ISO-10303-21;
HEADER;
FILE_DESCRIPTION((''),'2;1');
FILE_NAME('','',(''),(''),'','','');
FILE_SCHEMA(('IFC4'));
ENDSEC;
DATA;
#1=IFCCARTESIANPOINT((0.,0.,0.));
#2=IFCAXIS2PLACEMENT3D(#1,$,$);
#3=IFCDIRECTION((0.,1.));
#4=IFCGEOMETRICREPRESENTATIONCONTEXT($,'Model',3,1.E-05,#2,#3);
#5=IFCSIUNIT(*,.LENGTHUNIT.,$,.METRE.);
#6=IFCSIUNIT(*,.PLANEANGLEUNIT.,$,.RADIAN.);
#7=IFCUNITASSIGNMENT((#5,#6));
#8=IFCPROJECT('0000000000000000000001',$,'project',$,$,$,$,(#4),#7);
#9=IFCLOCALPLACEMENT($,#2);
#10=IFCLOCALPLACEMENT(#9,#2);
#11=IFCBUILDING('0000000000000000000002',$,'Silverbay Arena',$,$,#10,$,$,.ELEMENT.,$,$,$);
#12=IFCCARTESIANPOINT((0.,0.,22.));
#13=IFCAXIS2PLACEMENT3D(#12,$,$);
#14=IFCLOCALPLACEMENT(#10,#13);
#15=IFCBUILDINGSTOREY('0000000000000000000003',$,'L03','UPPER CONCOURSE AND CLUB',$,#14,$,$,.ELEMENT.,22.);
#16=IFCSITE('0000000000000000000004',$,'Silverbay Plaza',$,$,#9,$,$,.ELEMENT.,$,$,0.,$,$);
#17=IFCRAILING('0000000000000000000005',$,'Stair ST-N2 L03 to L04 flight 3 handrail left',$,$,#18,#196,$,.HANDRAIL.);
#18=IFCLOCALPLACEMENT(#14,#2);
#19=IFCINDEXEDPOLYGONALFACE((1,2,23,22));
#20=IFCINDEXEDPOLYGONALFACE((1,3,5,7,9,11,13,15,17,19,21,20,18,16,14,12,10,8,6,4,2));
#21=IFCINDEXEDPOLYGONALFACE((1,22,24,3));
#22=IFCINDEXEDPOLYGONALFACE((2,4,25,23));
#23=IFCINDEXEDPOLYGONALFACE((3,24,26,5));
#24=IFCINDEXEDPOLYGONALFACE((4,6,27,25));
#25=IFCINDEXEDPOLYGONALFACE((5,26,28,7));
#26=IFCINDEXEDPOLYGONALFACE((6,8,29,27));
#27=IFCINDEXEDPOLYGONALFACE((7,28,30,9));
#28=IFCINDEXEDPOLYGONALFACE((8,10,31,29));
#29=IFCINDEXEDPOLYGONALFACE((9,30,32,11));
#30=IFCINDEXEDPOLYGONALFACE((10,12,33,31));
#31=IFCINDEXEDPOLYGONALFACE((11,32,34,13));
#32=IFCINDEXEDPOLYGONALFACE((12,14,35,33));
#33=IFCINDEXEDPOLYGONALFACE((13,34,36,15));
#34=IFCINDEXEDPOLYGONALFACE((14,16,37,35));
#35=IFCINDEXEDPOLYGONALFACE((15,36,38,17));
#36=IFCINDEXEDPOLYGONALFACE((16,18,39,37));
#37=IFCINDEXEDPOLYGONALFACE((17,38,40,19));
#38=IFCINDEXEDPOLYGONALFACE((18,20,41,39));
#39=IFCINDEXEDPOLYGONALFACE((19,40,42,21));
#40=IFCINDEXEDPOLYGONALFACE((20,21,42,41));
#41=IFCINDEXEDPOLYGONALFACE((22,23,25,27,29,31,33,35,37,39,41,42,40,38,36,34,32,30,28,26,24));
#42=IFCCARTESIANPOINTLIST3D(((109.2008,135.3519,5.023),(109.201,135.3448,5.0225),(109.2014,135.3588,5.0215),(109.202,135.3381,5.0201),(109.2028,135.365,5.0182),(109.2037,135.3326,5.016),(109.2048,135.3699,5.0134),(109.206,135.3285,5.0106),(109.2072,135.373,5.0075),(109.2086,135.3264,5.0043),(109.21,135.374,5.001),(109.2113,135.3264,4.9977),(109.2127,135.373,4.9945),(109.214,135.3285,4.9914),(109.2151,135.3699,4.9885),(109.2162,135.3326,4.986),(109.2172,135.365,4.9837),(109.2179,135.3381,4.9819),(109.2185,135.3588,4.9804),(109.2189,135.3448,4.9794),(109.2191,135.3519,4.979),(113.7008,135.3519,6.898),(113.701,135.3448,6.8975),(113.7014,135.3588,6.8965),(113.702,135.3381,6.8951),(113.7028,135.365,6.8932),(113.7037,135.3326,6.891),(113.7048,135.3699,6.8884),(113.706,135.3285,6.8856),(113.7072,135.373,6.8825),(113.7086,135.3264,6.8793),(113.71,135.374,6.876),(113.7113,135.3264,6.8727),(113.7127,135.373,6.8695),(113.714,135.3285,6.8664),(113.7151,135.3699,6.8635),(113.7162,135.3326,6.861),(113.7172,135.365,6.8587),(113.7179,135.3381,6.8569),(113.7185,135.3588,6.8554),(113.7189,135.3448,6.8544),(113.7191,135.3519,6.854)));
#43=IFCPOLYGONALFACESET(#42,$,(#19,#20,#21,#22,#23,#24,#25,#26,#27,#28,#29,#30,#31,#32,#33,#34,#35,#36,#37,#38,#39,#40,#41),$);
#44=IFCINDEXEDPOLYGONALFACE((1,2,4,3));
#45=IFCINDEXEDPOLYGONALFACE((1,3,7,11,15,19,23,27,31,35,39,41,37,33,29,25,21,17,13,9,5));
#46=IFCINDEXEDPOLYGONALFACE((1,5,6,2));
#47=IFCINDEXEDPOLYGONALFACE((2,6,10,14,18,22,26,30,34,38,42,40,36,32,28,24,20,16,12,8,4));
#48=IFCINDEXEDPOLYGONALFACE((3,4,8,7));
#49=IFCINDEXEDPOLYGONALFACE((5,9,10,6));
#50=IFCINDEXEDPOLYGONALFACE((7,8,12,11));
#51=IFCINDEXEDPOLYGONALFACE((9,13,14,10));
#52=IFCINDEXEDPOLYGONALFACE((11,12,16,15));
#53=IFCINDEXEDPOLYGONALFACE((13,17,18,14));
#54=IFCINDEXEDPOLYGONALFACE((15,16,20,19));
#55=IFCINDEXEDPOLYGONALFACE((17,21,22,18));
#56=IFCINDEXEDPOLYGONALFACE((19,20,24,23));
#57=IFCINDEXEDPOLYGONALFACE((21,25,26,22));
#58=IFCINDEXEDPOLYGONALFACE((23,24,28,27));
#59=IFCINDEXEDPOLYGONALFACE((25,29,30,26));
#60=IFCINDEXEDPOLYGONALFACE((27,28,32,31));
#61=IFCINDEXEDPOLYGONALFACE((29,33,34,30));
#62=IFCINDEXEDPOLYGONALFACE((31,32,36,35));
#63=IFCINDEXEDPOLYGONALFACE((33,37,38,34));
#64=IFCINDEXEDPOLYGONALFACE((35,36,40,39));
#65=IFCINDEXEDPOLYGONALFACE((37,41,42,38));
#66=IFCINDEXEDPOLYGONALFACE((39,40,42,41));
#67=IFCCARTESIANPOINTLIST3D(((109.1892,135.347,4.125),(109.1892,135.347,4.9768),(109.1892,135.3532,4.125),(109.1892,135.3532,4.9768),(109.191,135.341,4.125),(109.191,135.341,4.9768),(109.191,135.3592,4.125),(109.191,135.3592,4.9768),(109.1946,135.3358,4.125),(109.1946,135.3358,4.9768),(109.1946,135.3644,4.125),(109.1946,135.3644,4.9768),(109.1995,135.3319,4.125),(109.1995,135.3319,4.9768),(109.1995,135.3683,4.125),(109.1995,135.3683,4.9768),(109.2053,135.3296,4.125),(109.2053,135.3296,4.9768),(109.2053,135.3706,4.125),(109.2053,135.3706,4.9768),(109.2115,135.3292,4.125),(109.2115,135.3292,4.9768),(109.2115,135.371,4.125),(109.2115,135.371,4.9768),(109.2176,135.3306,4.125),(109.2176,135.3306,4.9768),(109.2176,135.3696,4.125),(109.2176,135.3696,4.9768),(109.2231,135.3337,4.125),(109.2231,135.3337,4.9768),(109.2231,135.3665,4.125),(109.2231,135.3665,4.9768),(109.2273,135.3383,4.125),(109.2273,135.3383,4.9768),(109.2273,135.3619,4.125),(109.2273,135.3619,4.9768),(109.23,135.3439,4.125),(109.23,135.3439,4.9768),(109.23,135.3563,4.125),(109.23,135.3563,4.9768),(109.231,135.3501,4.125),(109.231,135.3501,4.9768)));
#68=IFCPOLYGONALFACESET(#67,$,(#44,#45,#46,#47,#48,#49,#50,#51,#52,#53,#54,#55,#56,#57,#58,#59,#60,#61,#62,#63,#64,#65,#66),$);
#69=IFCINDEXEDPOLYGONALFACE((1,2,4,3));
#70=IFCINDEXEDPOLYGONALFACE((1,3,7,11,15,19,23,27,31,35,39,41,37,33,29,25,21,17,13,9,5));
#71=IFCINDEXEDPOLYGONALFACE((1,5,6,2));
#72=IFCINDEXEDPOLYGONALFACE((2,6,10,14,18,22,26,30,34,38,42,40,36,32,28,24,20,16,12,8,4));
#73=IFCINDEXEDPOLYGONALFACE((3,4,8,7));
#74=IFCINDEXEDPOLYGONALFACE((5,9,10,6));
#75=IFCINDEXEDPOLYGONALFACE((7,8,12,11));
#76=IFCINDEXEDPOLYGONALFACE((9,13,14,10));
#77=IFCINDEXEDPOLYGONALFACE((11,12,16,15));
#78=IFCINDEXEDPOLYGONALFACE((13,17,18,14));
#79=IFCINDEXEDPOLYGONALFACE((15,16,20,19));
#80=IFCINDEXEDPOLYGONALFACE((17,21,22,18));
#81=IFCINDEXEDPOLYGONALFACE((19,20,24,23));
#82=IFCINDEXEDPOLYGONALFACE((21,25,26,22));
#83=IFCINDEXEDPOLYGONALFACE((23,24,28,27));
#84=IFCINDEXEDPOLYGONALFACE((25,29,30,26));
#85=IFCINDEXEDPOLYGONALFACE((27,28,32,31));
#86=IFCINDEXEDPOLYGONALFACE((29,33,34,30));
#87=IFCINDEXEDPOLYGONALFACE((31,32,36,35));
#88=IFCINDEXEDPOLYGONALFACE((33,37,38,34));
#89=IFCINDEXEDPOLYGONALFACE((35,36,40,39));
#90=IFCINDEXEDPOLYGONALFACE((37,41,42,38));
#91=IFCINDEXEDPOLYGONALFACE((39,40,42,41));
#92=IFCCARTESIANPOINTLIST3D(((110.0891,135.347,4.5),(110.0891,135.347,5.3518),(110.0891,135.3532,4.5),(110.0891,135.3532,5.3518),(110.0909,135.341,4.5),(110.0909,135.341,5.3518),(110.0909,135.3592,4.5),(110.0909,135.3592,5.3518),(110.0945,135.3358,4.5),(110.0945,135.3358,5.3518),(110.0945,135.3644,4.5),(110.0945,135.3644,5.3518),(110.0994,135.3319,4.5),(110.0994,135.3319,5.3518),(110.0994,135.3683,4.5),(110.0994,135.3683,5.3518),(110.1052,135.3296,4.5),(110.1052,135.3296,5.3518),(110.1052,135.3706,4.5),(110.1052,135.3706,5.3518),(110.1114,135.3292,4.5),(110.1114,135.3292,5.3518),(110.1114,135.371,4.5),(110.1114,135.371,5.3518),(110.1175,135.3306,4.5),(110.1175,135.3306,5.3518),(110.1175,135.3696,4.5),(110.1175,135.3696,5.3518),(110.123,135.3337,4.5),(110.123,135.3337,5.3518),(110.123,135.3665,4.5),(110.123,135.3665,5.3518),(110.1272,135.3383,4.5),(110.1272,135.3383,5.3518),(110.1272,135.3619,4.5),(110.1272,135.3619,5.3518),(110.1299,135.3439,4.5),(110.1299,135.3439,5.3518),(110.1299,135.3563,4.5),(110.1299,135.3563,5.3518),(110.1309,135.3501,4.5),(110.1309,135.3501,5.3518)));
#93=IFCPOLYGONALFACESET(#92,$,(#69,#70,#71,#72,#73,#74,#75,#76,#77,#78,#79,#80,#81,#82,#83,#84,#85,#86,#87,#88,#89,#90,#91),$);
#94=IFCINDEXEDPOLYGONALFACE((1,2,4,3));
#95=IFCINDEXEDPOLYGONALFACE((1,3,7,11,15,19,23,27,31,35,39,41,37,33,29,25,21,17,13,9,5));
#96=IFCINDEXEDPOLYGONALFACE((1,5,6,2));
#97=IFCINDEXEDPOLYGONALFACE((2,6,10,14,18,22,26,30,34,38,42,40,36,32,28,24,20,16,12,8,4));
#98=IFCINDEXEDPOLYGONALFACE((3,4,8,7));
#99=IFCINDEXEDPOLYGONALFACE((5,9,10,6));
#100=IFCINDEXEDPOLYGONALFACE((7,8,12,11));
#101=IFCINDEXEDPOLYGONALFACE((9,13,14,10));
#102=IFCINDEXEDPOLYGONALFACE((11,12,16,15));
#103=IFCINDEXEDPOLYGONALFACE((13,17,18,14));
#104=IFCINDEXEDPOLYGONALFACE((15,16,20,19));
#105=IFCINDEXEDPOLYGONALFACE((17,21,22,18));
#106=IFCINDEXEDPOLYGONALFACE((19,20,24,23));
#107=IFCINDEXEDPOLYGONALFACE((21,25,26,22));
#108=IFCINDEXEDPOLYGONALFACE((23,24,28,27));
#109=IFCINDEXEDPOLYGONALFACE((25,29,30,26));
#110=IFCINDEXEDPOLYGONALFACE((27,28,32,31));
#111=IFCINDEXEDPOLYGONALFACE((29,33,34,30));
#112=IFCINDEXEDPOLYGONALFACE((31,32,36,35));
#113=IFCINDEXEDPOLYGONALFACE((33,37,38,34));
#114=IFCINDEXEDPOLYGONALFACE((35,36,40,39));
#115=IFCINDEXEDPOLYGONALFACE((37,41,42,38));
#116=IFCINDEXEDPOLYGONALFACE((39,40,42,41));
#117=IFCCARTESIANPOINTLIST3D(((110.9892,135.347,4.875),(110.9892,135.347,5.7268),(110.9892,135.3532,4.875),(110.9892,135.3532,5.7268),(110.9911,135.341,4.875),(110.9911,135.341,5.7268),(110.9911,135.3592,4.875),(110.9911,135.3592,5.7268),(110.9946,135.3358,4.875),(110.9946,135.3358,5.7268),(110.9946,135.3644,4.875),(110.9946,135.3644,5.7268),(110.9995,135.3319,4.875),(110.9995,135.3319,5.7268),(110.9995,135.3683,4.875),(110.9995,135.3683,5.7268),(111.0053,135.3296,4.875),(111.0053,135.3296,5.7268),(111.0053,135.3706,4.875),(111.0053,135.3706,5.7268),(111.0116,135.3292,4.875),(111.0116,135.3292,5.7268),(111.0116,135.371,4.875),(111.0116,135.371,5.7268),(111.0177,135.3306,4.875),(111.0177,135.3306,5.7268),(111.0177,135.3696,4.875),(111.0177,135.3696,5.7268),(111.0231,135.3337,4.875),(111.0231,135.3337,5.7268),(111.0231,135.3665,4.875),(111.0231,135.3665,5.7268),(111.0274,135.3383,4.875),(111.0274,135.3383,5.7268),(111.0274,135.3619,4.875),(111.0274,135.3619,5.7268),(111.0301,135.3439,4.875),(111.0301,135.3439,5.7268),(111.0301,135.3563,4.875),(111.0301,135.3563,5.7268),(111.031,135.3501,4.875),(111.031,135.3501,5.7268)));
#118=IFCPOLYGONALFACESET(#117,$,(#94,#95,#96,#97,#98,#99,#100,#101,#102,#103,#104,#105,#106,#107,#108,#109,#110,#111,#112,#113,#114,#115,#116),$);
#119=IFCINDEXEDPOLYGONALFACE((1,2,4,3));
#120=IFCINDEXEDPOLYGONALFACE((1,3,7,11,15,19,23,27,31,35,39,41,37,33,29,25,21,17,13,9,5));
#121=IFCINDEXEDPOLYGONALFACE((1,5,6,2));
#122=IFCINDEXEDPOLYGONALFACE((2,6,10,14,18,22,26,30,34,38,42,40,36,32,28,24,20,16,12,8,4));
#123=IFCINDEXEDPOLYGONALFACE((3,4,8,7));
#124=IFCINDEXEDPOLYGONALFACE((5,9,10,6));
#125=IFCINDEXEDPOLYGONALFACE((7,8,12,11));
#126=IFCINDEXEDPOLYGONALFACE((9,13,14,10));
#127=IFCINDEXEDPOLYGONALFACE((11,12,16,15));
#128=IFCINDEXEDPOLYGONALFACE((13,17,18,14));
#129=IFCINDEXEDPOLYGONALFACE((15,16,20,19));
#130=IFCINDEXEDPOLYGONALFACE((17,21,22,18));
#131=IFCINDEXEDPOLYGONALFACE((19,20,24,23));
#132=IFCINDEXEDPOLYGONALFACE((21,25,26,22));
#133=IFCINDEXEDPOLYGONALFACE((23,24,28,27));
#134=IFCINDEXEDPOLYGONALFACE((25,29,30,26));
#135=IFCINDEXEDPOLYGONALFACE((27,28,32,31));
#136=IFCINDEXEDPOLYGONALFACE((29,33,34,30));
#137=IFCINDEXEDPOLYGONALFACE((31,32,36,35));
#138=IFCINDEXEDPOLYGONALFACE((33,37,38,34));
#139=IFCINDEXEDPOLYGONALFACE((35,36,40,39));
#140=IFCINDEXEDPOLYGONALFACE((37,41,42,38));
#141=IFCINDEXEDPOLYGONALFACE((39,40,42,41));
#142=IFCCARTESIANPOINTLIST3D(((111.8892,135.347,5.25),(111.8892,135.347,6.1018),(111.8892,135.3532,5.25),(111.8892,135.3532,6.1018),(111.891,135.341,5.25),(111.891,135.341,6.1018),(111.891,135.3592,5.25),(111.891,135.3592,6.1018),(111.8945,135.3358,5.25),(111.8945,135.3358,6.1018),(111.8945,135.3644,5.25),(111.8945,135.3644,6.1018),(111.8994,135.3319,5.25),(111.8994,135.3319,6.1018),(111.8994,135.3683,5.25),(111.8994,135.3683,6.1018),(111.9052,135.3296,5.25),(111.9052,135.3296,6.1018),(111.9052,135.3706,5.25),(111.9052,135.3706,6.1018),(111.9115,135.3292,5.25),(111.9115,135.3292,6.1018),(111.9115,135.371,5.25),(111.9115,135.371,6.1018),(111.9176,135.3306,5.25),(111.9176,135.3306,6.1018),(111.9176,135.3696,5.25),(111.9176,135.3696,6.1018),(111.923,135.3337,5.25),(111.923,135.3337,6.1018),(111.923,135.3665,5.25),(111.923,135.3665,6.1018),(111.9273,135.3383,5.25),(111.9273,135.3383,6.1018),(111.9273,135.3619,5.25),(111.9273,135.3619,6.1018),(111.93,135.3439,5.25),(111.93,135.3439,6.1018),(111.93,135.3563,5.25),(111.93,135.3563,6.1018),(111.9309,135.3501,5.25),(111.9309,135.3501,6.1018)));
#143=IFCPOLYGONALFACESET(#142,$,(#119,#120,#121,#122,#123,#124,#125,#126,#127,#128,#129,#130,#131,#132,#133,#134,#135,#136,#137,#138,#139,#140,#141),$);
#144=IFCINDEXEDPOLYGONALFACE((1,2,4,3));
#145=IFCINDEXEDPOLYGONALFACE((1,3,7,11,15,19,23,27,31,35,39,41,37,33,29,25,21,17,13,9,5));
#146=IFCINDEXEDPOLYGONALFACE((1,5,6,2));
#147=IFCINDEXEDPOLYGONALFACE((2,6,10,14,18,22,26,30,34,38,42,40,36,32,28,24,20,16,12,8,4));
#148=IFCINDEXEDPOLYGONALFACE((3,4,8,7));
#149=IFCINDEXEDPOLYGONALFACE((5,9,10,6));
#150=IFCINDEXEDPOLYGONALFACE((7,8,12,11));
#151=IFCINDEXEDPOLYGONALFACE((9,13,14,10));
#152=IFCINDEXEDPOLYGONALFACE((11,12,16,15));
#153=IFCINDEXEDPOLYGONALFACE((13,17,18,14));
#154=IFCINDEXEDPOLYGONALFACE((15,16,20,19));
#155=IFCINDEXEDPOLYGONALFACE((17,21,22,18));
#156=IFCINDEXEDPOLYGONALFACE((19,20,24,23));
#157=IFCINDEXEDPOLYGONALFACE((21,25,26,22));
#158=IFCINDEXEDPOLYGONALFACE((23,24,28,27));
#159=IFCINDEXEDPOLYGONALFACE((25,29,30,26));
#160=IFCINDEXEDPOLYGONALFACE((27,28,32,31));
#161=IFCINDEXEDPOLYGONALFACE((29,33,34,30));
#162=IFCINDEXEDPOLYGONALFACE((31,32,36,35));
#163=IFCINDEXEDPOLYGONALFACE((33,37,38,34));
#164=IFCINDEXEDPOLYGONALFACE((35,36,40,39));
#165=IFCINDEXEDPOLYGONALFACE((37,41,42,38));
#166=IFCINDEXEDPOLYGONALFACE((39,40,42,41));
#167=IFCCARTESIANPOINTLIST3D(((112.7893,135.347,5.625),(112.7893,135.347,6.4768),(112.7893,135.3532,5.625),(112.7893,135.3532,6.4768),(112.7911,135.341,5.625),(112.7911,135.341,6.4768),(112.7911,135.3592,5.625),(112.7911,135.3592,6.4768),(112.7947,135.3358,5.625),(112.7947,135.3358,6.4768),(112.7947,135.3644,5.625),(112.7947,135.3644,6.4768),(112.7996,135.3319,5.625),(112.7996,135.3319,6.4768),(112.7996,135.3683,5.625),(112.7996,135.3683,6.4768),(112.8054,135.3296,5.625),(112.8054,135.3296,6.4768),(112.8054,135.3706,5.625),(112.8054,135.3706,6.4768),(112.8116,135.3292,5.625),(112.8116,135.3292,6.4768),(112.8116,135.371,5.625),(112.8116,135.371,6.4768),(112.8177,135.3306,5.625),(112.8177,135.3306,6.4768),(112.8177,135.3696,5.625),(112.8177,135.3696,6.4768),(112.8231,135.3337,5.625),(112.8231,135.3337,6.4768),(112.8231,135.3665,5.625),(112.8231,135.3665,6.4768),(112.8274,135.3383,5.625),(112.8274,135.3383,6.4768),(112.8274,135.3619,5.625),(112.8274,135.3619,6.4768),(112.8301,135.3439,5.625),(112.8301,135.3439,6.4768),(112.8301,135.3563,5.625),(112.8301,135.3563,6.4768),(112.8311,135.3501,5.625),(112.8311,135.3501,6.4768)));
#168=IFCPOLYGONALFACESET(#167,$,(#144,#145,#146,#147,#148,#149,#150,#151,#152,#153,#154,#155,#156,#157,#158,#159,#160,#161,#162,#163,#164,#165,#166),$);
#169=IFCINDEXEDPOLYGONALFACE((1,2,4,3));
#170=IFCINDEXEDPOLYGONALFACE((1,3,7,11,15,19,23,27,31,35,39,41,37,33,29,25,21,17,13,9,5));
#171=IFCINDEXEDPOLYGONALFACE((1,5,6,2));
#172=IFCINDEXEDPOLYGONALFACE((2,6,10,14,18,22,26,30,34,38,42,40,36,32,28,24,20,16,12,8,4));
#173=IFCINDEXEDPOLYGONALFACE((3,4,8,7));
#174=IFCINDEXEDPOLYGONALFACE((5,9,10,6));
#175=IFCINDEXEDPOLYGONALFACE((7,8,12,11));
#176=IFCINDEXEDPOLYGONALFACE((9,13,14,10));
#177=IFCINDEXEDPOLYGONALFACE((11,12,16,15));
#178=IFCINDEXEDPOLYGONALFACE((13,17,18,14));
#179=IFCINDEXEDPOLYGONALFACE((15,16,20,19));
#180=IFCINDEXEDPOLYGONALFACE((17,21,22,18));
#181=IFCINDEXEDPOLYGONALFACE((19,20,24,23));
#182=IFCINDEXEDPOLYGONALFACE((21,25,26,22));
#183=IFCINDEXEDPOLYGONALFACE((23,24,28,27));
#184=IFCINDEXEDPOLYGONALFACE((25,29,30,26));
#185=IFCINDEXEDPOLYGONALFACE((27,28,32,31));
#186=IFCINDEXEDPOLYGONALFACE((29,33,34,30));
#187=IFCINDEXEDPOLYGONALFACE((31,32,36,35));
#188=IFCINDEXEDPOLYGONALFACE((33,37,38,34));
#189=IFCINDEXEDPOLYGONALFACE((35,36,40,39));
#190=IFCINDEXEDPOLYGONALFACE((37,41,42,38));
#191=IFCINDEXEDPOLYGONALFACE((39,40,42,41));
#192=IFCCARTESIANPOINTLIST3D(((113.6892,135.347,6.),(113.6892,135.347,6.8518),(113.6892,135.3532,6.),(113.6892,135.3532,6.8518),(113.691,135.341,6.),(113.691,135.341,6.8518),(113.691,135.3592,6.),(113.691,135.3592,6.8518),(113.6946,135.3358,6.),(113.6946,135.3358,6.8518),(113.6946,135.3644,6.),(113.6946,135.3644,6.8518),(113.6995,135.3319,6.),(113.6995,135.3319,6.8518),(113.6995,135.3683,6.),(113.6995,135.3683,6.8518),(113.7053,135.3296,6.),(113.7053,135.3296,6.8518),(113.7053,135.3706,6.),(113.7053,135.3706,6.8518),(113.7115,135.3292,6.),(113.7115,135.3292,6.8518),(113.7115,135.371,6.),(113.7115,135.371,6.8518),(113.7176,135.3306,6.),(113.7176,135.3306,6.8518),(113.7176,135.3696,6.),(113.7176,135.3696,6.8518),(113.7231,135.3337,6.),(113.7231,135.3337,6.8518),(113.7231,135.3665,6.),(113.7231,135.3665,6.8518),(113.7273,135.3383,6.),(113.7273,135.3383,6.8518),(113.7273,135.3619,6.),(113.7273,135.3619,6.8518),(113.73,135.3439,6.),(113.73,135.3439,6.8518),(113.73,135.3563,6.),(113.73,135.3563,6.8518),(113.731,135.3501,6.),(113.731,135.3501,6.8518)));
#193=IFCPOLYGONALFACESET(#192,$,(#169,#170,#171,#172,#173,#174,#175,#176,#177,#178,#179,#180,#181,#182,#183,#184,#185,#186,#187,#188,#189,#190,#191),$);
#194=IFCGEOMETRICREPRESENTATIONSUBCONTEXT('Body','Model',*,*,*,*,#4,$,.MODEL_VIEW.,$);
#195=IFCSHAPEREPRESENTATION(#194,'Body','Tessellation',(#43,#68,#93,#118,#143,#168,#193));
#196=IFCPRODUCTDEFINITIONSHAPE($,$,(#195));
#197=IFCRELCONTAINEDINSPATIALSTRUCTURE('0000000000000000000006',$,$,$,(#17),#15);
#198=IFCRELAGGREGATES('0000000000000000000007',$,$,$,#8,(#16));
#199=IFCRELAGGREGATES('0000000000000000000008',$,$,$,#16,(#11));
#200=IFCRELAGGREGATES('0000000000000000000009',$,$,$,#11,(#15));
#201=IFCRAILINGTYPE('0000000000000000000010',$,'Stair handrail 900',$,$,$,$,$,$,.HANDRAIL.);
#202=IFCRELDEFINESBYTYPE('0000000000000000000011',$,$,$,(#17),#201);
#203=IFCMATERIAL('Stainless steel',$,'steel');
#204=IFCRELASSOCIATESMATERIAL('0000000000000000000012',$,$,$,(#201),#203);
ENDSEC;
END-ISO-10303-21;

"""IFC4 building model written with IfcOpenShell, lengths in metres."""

from ifc_helpers import new_model, si_unit, direction, frame, origin, origin_2d, place, context, subcontext, project, spatial, circle, extrude, material, type_object, element, save


model = new_model("IFC4")

# Units and contexts
model_context = context("Model", 3, precision=1e-05, world=origin(), true_north=direction((0.0, 1.0)))
body_context = subcontext(model_context, "Body", "Model", "MODEL_VIEW")
ifc_project = project(units=[si_unit("LENGTHUNIT", "METRE"), si_unit("PLANEANGLEUNIT", "RADIAN")], contexts=[model_context])

# Site, building, storey
site_placement = place(None, origin())
site = spatial("IfcSite", under=ifc_project, at=site_placement, Name="Silverbay Plaza", CompositionType="ELEMENT", RefElevation=0.0)
building_placement = place(site_placement, origin())
building = spatial("IfcBuilding", under=site, at=building_placement, Name="Silverbay Arena", CompositionType="ELEMENT")
storey_placement = place(building_placement, frame((0.0, 0.0, 22.0)))
storey = spatial("IfcBuildingStorey", under=building, at=storey_placement, Name="L03", Description="UPPER CONCOURSE AND CLUB", CompositionType="ELEMENT", Elevation=22.0)

# Railing
ifc_material_1 = material(Name="Stainless steel", Category="steel")
railing_type = type_object("IfcRailingType", Name="Stair handrail 900", PredefinedType="HANDRAIL", material=ifc_material_1)
railing_1_placement = place(storey_placement, frame((109.21, 135.3501, 4.125)))
element("IfcRailing", 1, at=railing_1_placement, inside=storey, type_object=railing_type, Name="Stair ST-N2 L03 to L04 flight 3 handrail left", PredefinedType="HANDRAIL", context=body_context, shape_type="SweptSolid", body=[
    extrude(circle(Radius=0.0239, at=origin_2d()), frame((0.0, 0.0, 0.876), z_axis=(0.923077, 0.0, 0.384615), x_axis=(0.0, 1.0, 0.0)), (0.0, 0.0, 1.0), 4.875),
    extrude(circle(Radius=0.021, at=origin_2d()), origin(), (0.0, 0.0, 1.0), 0.8518),
    extrude(circle(Radius=0.021, at=origin_2d()), frame((0.8999, 0.0, 0.375)), (0.0, 0.0, 1.0), 0.8518),
    extrude(circle(Radius=0.021, at=origin_2d()), frame((1.8, 0.0, 0.75)), (0.0, 0.0, 1.0), 0.8518),
    extrude(circle(Radius=0.021, at=origin_2d()), frame((2.7, 0.0, 1.125)), (0.0, 0.0, 1.0), 0.8518),
    extrude(circle(Radius=0.021, at=origin_2d()), frame((3.6001, 0.0, 1.5)), (0.0, 0.0, 1.0), 0.8518),
    extrude(circle(Radius=0.021, at=origin_2d()), frame((4.5, 0.0, 1.875)), (0.0, 0.0, 1.0), 0.8518),
])

save(model, "model.ifc")
